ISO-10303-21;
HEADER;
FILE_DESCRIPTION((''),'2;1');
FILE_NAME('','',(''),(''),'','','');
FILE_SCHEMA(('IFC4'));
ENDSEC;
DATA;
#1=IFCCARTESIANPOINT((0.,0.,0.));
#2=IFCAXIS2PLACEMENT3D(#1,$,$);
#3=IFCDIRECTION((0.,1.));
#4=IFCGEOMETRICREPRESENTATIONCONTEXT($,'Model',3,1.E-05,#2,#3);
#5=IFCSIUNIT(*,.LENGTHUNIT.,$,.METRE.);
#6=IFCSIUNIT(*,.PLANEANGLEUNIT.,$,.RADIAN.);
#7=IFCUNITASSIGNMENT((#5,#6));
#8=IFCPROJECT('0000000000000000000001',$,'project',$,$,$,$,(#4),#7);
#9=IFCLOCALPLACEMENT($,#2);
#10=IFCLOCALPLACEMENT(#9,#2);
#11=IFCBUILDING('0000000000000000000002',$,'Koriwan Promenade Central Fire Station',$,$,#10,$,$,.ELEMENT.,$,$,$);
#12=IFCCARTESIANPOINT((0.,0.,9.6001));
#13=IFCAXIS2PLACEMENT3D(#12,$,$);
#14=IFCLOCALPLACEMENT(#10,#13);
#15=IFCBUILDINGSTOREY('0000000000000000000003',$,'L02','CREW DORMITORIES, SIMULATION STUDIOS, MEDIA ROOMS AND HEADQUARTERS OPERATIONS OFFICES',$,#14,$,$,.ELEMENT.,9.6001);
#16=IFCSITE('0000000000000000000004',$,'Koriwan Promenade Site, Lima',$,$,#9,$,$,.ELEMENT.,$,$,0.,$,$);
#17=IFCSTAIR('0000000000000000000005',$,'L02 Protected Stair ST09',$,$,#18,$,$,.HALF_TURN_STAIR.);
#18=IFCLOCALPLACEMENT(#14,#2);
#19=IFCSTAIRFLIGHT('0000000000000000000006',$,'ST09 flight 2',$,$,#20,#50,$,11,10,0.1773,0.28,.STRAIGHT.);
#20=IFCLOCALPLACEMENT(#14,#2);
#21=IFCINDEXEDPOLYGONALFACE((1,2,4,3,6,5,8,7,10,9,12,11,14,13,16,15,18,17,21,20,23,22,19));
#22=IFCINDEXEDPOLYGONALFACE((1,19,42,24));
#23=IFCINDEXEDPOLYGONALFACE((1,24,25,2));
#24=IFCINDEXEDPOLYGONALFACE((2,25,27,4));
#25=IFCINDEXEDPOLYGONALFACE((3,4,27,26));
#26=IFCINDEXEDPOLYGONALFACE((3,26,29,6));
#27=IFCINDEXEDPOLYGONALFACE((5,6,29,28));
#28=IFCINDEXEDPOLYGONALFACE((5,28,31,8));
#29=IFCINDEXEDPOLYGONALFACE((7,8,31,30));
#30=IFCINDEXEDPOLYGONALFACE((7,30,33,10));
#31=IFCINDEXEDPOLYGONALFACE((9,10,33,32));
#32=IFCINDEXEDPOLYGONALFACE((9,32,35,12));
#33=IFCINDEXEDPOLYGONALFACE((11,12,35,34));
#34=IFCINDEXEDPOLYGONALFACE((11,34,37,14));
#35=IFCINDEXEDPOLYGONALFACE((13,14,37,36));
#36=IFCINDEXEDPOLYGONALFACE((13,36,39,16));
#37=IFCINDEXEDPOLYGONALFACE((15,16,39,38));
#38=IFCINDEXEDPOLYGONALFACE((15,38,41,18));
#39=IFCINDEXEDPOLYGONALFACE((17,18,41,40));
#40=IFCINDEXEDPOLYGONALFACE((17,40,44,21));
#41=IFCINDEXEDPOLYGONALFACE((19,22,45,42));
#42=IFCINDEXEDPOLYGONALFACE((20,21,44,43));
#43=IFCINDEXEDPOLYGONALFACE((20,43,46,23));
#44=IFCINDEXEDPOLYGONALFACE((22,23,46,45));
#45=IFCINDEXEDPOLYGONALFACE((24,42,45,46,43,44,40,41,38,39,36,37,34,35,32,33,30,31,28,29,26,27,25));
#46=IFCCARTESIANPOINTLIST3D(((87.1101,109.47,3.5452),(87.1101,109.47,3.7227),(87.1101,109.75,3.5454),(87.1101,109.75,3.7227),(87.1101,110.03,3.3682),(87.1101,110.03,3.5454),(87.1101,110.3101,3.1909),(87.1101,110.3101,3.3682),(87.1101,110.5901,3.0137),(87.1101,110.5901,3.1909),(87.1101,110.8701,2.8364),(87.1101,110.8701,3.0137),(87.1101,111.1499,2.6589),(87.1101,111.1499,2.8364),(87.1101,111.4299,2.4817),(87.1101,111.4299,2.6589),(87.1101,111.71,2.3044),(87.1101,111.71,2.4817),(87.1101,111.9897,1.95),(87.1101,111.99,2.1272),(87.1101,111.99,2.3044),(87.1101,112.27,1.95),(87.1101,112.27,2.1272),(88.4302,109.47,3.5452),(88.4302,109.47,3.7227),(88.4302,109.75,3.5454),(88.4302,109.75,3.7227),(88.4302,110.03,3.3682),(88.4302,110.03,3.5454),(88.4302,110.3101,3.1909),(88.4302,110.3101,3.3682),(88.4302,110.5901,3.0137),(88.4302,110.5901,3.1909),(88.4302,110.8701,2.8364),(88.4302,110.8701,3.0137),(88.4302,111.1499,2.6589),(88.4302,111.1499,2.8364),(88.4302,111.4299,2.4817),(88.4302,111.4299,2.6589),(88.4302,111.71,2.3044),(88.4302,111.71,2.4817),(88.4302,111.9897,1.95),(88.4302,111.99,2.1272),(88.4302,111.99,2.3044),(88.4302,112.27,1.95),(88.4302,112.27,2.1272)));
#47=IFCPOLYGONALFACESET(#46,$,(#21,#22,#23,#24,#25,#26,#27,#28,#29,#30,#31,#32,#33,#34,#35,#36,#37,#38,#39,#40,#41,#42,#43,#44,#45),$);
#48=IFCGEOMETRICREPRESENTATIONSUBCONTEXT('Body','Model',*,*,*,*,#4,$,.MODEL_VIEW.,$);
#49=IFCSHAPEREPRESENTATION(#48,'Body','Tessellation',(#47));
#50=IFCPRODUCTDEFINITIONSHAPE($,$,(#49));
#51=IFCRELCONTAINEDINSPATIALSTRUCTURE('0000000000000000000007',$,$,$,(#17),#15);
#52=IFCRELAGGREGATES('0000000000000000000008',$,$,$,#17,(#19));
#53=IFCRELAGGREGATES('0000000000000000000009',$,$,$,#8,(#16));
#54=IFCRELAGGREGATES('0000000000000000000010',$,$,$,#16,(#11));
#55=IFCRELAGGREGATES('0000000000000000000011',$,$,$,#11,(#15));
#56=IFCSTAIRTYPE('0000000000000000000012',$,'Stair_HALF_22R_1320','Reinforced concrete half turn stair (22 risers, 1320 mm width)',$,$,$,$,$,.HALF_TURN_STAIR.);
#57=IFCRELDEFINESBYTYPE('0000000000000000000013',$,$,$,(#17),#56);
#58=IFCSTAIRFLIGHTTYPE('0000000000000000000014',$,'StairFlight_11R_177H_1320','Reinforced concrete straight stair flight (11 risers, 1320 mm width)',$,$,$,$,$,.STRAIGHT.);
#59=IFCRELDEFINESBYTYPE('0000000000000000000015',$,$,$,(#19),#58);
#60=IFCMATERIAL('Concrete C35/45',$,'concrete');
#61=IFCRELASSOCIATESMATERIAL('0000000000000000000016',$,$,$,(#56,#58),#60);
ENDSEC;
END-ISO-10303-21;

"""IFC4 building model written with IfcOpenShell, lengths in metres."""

from ifc_helpers import new_model, si_unit, direction, frame, origin, place, context, subcontext, project, spatial, polyline, outline, extrude, material, type_object, element, aggregate, save


model = new_model("IFC4")

# Units and contexts
model_context = context("Model", 3, precision=1e-05, world=origin(), true_north=direction((0.0, 1.0)))
body_context = subcontext(model_context, "Body", "Model", "MODEL_VIEW")
ifc_project = project(units=[si_unit("LENGTHUNIT", "METRE"), si_unit("PLANEANGLEUNIT", "RADIAN")], contexts=[model_context])

# Site, building, storey
site_placement = place(None, origin())
site = spatial("IfcSite", under=ifc_project, at=site_placement, Name="Koriwan Promenade Site, Lima", CompositionType="ELEMENT", RefElevation=0.0)
building_placement = place(site_placement, origin())
building = spatial("IfcBuilding", under=site, at=building_placement, Name="Koriwan Promenade Central Fire Station", CompositionType="ELEMENT")
storey_placement = place(building_placement, frame((0.0, 0.0, 9.6001)))
storey = spatial("IfcBuildingStorey", under=building, at=storey_placement, Name="L02", Description="CREW DORMITORIES, SIMULATION STUDIOS, MEDIA ROOMS AND HEADQUARTERS OPERATIONS OFFICES", CompositionType="ELEMENT", Elevation=9.6001)

# Shared definitions
ifc_material_1 = material(Name="Concrete C35/45", Category="concrete")

# Stair, stair flight
stair_type = type_object("IfcStairType", Name="Stair_HALF_22R_1320", Description="Reinforced concrete half turn stair (22 risers, 1320 mm width)", PredefinedType="HALF_TURN_STAIR", material=ifc_material_1)
stair_placement = place(storey_placement, origin())
stair = element("IfcStair", 1, at=stair_placement, inside=storey, type_object=stair_type, Name="L02 Protected Stair ST09", PredefinedType="HALF_TURN_STAIR")
stair_flight_type = type_object("IfcStairFlightType", Name="StairFlight_11R_177H_1320", Description="Reinforced concrete straight stair flight (11 risers, 1320 mm width)", PredefinedType="STRAIGHT", material=ifc_material_1)
stair_flight_1_placement = place(storey_placement, frame((87.77, 112.27, 1.95), z_axis=(0.0, 0.0, 1.0), x_axis=(0.0, -1.0, 0.0)))
stair_flight_1 = element("IfcStairFlight", 2, at=stair_flight_1_placement, type_object=stair_flight_type, Name="ST09 flight 2", NumberOfRisers=11, NumberOfTreads=10, PredefinedType="STRAIGHT", RiserHeight=0.1773, TreadLength=0.28, context=body_context, shape_type="SweptSolid", body=[
    extrude(outline(polyline([(0.0, 0.0), (0.0, 0.1772), (0.28, 0.1772), (0.28, 0.3545), (0.5601, 0.3545), (0.5601, 0.5317), (0.8401, 0.5317), (0.8401, 0.709), (1.1201, 0.709), (1.1201, 0.8865), (1.3999, 0.8865), (1.3999, 1.0637), (1.6799, 1.0637), (1.6799, 1.241), (1.96, 1.241), (1.96, 1.4182), (2.24, 1.4182), (2.24, 1.5955), (2.52, 1.5955), (2.52, 1.7727), (2.8, 1.7727), (2.8, 1.95), (2.8, 1.5952), (0.2803, 0.0), (0.0, 0.0)])), frame((0.0, 0.6602, 0.0), z_axis=(0.0, -1.0, 0.0), x_axis=(1.0, 0.0, 0.0)), (0.0, 0.0, 1.0), 1.3201),
])
aggregate(stair, [stair_flight_1])

save(model, "model.ifc")
